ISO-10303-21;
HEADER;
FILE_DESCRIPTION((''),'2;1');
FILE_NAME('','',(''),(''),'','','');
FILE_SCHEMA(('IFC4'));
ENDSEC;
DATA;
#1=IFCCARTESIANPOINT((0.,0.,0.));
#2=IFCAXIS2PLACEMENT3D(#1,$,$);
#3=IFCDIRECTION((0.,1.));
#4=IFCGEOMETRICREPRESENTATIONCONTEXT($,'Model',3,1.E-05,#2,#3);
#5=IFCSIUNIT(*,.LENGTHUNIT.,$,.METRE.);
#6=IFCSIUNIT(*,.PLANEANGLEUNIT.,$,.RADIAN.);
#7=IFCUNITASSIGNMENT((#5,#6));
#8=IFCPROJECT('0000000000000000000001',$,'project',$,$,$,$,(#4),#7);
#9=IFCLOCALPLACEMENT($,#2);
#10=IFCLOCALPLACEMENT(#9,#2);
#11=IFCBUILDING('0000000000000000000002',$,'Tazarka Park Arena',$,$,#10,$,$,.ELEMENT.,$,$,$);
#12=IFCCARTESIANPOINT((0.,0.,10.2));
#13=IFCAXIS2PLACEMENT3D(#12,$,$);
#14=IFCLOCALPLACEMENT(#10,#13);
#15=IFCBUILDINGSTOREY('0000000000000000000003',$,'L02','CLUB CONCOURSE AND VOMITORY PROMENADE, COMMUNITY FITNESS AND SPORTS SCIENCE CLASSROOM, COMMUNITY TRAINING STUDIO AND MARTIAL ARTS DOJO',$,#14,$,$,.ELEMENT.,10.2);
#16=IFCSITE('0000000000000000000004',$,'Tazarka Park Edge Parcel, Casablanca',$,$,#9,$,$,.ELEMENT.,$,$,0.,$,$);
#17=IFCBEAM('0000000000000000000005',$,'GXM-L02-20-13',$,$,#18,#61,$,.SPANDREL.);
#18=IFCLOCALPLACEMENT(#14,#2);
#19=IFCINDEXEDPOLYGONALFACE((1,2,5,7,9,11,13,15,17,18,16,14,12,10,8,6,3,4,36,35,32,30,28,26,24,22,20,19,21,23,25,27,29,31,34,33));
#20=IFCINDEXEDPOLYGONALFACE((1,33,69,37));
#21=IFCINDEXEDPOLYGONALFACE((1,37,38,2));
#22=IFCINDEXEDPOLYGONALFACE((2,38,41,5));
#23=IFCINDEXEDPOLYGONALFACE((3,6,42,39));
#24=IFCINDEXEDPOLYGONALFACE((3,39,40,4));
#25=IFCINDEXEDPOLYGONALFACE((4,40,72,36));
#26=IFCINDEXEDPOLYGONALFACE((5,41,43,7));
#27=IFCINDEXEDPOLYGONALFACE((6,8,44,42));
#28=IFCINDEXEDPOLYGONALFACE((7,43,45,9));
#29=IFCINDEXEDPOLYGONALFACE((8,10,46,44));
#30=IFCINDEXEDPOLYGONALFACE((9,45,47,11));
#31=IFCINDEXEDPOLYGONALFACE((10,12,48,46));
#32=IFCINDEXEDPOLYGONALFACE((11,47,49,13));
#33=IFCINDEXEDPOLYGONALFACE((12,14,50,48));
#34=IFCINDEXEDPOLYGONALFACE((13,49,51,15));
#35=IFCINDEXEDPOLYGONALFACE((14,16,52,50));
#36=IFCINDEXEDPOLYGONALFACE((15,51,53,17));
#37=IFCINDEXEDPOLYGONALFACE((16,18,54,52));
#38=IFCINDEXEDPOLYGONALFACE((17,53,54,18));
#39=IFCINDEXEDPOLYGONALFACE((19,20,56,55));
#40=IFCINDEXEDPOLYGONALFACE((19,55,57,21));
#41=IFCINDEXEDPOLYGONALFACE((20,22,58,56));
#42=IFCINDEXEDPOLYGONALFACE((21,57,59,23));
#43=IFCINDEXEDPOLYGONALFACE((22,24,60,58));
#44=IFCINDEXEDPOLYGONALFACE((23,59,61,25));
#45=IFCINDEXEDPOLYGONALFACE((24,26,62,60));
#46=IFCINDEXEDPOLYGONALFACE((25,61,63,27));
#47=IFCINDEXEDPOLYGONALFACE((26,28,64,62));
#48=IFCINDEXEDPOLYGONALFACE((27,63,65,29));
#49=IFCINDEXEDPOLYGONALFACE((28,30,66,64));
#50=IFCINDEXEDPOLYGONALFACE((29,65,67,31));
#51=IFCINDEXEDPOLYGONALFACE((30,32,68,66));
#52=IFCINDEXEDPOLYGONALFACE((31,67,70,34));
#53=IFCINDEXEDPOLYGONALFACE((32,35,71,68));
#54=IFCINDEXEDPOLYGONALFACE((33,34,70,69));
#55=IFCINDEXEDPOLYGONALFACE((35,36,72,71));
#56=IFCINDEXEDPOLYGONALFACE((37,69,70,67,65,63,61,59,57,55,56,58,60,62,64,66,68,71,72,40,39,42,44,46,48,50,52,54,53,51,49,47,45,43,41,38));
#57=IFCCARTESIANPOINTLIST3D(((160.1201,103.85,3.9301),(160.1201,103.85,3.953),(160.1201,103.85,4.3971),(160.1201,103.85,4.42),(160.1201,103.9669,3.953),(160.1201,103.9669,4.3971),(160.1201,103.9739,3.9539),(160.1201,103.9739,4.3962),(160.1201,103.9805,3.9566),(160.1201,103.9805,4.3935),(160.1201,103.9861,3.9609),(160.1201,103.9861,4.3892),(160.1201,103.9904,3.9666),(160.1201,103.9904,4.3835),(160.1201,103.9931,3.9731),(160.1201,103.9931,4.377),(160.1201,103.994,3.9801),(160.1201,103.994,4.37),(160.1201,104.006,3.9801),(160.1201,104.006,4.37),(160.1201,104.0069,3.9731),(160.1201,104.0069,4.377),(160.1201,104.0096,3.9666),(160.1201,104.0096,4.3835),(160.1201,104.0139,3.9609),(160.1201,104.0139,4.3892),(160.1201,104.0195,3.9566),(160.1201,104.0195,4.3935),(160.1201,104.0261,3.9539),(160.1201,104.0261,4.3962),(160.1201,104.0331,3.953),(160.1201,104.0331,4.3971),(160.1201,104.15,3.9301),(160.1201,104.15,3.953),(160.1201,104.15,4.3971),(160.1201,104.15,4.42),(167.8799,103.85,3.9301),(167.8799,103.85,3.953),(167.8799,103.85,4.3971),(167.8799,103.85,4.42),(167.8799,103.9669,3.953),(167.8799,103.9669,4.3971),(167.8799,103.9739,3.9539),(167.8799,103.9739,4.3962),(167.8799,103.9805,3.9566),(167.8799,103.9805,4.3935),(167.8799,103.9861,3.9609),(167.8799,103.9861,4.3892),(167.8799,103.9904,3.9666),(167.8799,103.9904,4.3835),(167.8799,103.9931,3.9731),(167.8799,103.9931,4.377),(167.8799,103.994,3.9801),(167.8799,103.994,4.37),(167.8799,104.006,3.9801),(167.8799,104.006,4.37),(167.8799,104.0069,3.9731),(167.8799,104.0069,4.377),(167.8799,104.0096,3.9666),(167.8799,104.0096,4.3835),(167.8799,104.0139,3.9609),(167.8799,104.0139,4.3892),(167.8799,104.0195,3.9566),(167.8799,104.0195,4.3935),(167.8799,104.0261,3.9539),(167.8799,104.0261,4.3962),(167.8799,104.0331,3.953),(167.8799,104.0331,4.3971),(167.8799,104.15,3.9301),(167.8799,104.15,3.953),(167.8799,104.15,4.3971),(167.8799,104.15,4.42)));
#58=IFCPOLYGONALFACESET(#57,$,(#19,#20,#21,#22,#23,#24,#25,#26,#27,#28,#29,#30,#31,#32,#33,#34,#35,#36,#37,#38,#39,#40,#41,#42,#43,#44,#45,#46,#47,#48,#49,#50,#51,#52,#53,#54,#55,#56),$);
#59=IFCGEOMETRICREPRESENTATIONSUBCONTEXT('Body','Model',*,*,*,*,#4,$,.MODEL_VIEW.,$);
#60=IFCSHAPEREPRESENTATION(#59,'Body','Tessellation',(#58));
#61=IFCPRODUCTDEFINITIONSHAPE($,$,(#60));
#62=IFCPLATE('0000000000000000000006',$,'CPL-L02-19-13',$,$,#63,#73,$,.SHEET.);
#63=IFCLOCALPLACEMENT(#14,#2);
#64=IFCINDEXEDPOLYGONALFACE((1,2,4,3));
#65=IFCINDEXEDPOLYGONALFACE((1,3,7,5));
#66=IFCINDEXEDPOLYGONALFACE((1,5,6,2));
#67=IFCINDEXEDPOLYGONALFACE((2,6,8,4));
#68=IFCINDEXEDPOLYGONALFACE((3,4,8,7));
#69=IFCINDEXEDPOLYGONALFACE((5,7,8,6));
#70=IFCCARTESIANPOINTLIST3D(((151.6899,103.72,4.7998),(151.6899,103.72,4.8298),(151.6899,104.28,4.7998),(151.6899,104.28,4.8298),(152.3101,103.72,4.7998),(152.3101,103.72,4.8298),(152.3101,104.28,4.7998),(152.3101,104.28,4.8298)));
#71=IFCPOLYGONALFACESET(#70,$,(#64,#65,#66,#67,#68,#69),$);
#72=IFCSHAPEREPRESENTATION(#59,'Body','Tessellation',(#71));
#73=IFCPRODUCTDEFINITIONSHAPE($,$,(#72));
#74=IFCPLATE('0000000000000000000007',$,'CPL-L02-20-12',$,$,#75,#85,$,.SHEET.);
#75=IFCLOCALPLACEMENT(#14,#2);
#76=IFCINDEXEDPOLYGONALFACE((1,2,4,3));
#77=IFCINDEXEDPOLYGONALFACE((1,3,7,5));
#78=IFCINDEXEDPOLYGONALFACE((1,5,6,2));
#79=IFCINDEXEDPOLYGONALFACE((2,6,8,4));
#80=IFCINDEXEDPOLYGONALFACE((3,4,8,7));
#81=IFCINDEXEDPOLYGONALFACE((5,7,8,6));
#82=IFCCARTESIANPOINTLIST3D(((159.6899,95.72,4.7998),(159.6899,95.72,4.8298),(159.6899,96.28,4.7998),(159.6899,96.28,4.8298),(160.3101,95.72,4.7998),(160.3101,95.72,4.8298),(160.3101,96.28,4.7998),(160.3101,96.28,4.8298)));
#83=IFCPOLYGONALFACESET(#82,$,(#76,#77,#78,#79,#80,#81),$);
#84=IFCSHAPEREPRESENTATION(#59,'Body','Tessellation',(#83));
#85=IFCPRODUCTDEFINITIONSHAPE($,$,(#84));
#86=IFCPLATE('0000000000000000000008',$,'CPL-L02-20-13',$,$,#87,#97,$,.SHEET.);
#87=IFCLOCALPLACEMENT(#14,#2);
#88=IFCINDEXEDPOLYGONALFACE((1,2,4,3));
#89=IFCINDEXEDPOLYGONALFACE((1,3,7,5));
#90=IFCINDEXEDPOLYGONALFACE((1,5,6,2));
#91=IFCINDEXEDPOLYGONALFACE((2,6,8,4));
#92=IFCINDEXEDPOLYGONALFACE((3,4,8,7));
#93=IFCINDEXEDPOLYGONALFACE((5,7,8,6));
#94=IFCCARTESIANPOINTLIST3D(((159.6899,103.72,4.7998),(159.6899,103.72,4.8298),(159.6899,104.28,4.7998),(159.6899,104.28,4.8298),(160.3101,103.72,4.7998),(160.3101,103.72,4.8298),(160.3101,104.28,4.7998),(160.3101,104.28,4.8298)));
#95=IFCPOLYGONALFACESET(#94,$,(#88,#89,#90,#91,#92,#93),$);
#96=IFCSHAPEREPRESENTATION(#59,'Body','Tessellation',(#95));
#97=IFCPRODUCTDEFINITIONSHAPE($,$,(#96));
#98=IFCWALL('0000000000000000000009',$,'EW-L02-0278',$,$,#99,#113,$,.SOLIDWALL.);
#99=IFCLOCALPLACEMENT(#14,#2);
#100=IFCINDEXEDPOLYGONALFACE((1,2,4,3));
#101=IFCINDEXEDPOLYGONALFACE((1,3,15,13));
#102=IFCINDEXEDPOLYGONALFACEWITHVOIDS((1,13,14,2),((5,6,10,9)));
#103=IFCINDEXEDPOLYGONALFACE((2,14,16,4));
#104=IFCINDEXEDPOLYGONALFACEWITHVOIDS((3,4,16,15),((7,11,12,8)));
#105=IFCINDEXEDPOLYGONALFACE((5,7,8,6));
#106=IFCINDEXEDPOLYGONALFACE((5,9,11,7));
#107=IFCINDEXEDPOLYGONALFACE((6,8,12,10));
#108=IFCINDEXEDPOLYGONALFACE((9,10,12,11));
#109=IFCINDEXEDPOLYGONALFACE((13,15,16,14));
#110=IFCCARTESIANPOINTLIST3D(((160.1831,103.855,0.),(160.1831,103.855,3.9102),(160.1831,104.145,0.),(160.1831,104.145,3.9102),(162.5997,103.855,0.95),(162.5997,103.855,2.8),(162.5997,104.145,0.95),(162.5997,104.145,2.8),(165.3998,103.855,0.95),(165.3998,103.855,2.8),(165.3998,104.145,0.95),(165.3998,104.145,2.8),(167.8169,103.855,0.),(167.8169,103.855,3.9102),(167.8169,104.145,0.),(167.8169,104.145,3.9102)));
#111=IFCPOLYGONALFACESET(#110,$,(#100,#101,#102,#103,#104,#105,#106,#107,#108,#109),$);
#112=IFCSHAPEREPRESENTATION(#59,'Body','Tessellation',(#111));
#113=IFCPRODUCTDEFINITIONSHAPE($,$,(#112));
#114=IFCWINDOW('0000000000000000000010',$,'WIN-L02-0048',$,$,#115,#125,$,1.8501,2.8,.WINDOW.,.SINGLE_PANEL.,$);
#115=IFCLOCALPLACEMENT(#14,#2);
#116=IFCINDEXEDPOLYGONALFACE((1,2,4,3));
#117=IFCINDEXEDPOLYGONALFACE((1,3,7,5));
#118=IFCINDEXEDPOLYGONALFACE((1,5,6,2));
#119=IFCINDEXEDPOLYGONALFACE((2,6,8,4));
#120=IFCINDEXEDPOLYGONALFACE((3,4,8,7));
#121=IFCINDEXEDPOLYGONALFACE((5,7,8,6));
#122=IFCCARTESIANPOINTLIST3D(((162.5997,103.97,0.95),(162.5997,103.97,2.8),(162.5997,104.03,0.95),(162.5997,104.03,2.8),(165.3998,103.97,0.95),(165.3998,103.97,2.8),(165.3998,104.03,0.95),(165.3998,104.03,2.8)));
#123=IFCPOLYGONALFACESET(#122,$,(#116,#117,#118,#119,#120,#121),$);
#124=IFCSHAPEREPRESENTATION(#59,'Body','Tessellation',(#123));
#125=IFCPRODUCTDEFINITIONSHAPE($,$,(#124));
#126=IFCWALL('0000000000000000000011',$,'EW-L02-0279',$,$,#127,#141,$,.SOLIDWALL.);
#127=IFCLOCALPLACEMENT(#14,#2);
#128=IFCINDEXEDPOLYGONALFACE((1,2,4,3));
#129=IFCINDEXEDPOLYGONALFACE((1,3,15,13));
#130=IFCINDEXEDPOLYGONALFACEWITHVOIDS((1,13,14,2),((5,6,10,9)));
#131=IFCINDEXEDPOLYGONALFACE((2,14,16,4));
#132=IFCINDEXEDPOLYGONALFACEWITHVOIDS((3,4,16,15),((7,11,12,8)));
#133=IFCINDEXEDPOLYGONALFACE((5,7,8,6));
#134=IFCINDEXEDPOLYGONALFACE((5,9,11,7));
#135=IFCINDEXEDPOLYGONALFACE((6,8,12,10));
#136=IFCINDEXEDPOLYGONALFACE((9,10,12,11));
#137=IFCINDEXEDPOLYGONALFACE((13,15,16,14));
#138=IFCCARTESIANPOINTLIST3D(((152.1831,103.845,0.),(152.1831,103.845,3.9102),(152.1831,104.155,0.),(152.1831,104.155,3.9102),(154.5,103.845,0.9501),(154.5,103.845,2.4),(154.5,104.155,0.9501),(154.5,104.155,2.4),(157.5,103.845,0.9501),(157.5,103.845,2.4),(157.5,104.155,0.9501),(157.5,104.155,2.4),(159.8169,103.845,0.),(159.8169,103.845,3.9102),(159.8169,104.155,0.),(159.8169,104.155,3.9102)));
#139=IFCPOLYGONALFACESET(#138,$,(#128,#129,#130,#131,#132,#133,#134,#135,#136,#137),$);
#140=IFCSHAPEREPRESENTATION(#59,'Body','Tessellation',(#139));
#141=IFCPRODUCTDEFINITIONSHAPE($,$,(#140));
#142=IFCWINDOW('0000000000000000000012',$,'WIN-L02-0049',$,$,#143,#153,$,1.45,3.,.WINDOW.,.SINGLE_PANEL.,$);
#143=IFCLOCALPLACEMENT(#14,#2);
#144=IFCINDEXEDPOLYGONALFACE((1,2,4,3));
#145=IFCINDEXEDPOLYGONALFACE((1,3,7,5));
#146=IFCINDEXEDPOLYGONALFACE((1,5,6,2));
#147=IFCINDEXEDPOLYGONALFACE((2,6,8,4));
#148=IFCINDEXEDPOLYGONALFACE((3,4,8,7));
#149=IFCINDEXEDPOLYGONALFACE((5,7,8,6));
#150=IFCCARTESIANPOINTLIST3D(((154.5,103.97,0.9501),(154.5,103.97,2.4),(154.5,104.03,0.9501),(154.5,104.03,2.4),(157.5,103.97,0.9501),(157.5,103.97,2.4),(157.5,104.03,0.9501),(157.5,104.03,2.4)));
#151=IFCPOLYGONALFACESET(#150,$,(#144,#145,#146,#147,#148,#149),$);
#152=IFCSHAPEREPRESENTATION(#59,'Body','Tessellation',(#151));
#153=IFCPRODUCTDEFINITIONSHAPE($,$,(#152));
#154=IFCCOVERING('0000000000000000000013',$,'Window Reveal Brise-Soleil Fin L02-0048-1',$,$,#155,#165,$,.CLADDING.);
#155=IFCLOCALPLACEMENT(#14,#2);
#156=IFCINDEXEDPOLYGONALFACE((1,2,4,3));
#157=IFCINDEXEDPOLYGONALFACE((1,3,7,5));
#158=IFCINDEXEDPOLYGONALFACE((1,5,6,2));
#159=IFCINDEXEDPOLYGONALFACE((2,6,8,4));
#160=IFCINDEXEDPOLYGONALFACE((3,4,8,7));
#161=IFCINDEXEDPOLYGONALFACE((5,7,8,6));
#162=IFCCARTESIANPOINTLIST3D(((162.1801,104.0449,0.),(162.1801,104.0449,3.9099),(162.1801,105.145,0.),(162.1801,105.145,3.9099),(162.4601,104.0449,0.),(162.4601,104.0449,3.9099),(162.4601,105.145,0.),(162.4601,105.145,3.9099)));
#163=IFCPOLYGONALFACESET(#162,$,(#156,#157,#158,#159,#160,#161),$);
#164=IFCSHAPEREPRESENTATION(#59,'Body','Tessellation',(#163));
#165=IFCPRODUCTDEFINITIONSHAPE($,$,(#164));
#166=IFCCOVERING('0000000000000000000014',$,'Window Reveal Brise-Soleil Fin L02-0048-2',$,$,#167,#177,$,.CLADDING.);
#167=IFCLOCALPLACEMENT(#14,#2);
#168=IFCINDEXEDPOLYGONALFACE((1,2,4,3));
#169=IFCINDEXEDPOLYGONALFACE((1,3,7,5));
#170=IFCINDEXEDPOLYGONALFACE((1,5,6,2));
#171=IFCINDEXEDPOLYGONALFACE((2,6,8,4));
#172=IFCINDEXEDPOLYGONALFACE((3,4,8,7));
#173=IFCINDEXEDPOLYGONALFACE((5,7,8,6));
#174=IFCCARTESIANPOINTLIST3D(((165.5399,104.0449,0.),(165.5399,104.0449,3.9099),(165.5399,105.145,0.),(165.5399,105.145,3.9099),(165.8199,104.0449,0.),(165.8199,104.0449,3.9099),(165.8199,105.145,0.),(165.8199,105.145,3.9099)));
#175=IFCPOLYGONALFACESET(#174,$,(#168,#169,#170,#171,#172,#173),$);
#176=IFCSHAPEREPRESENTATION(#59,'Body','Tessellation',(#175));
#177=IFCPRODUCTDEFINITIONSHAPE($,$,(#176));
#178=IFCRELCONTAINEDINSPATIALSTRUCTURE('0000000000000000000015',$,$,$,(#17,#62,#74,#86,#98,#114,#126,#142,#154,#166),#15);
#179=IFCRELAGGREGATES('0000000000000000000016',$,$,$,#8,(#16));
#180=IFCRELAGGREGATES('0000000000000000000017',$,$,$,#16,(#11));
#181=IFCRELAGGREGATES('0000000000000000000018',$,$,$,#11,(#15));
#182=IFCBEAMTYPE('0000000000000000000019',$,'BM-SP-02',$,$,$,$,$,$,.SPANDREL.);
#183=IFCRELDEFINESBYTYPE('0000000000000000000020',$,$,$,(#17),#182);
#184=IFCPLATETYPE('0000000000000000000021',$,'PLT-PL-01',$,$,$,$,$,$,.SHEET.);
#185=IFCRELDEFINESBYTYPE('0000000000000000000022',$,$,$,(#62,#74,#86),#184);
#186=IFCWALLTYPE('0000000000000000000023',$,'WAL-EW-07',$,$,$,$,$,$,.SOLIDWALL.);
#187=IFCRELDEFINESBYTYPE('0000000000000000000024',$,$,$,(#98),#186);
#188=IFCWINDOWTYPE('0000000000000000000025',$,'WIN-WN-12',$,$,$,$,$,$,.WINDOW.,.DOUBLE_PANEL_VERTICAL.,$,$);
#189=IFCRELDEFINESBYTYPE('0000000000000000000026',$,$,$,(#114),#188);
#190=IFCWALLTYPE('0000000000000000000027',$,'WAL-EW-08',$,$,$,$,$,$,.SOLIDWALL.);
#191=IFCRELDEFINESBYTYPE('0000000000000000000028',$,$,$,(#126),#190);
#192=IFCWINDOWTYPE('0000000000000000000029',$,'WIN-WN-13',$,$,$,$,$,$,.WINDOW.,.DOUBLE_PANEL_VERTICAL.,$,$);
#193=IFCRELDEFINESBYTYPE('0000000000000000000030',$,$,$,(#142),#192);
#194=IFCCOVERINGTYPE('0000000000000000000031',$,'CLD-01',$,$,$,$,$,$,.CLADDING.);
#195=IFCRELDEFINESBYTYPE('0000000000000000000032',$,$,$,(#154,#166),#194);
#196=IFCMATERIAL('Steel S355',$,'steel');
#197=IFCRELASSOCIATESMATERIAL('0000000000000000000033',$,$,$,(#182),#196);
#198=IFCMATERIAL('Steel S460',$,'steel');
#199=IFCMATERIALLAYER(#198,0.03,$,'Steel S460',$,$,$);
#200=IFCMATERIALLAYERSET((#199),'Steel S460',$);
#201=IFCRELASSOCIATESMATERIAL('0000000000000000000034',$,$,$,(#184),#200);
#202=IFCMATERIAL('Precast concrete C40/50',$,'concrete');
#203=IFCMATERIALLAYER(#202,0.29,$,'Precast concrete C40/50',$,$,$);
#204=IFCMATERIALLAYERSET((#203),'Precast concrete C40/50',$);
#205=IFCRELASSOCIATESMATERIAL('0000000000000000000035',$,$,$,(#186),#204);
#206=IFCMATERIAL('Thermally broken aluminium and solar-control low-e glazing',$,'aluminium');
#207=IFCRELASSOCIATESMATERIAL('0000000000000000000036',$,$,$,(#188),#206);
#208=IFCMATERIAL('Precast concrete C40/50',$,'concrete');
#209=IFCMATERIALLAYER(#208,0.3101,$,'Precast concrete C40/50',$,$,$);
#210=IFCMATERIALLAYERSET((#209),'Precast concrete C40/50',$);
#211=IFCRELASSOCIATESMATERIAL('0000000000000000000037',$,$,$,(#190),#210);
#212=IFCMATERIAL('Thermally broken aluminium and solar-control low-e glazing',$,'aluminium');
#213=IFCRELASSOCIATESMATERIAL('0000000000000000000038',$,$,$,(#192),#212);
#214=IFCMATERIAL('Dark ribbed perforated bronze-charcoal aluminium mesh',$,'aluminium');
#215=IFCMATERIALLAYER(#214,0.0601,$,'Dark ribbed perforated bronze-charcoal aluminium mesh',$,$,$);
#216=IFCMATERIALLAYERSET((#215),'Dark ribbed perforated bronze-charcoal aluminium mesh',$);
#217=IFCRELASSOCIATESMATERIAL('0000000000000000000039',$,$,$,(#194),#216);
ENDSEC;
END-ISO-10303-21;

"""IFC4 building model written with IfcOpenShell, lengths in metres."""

from ifc_helpers import new_model, si_unit, direction, frame, frame_2d, origin, origin_2d, place, context, subcontext, project, spatial, rectangle, i_section, extrude, material, layer, layer_set, material_profile, profile_set, type_object, element, fill, save


model = new_model("IFC4")

# Units and contexts
model_context = context("Model", 3, precision=1e-05, world=origin(), true_north=direction((0.0, 1.0)))
body_context = subcontext(model_context, "Body", "Model", "MODEL_VIEW")
ifc_project = project(units=[si_unit("LENGTHUNIT", "METRE"), si_unit("PLANEANGLEUNIT", "RADIAN")], contexts=[model_context])

# Site, building, storey
site_placement = place(None, origin())
site = spatial("IfcSite", under=ifc_project, at=site_placement, Name="Tazarka Park Edge Parcel, Casablanca", CompositionType="ELEMENT", RefElevation=0.0)
building_placement = place(site_placement, origin())
building = spatial("IfcBuilding", under=site, at=building_placement, Name="Tazarka Park Arena", CompositionType="ELEMENT")
storey_placement = place(building_placement, frame((0.0, 0.0, 10.2)))
storey = spatial("IfcBuildingStorey", under=building, at=storey_placement, Name="L02", Description="CLUB CONCOURSE AND VOMITORY PROMENADE, COMMUNITY FITNESS AND SPORTS SCIENCE CLASSROOM, COMMUNITY TRAINING STUDIO AND MARTIAL ARTS DOJO", CompositionType="ELEMENT", Elevation=10.2)

# Beam
ifc_material_1 = material(Name="Steel S355", Category="steel")
ifc_material_profile_1 = material_profile(ifc_material_1, i_section(OverallWidth=0.3, OverallDepth=0.49, WebThickness=0.012, FlangeThickness=0.0229, FilletRadius=0.0271, at=origin_2d()), Name="Steel S355")
ifc_profile_set_1 = profile_set([ifc_material_profile_1], Name="Steel S355")
beam_type_1 = type_object("IfcBeamType", Name="BM-SP-02", PredefinedType="SPANDREL", material=ifc_profile_set_1)
for number, where, z_axis, x_axis, name in (
    (1, (160.1201, 104.0, 4.175), (1.0, 0.0, 0.0), (0.0, 1.0, 0.0), "GXM-L02-20-13"),
):
    element("IfcBeam", number, at=place(storey_placement, frame(where, z_axis=z_axis, x_axis=x_axis)), inside=storey, type_object=beam_type_1, Name=name, PredefinedType="SPANDREL", context=body_context, shape_type="SweptSolid", body=[
        extrude(i_section(OverallWidth=0.3, OverallDepth=0.49, WebThickness=0.012, FlangeThickness=0.0229, FilletRadius=0.0271, at=origin_2d()), origin(), (0.0, 0.0, 1.0), 7.7598),
    ])

# Plates
ifc_material_2 = material(Name="Steel S460", Category="steel")
ifc_layer_1 = layer(ifc_material_2, 0.03, Name="Steel S460")
ifc_layer_set_1 = layer_set([ifc_layer_1], Name="Steel S460")
plate_type = type_object("IfcPlateType", Name="PLT-PL-01", PredefinedType="SHEET", material=ifc_layer_set_1)
for number, where, z_axis, x_axis, name in (
    (2, (152.0, 104.0, 4.7998), (0.0, 0.0, 1.0), (1.0, 0.0, 0.0), "CPL-L02-19-13"),
    (3, (160.0, 96.0, 4.7998), (0.0, 0.0, 1.0), (1.0, 0.0, 0.0), "CPL-L02-20-12"),
    (4, (160.0, 104.0, 4.7998), (0.0, 0.0, 1.0), (1.0, 0.0, 0.0), "CPL-L02-20-13"),
):
    element("IfcPlate", number, at=place(storey_placement, frame(where, z_axis=z_axis, x_axis=x_axis)), inside=storey, type_object=plate_type, Name=name, PredefinedType="SHEET", context=body_context, shape_type="SweptSolid", body=[
        extrude(rectangle(XDim=0.6201, YDim=0.5601, at=origin_2d()), origin(), (0.0, 0.0, 1.0), 0.03),
    ])

# Walls, openings, windows
ifc_material_3 = material(Name="Precast concrete C40/50", Category="concrete")
ifc_layer_2 = layer(ifc_material_3, 0.29, Name="Precast concrete C40/50")
ifc_layer_set_2 = layer_set([ifc_layer_2], Name="Precast concrete C40/50")
wall_type_1 = type_object("IfcWallType", Name="WAL-EW-07", PredefinedType="SOLIDWALL", material=ifc_layer_set_2)
wall_1_placement = place(storey_placement, frame((160.1831, 104.0, 0.0), z_axis=(0.0, 0.0, 1.0), x_axis=(1.0, 0.0, 0.0)))
wall_1 = element("IfcWall", 5, at=wall_1_placement, inside=storey, type_object=wall_type_1, Name="EW-L02-0278", PredefinedType="SOLIDWALL", context=body_context, shape_type="SweptSolid", body=[
    extrude(rectangle(XDim=7.6338, YDim=0.29, at=frame_2d((3.8169, 0.0))), origin(), (0.0, 0.0, 1.0), 3.9102),
])
opening_1_placement = place(wall_1_placement, frame((2.4167, 0.0, 0.95)))
opening_1 = element("IfcOpeningElement", 6, at=opening_1_placement, cuts=wall_1, PredefinedType="OPENING", context=body_context, shape_type="SweptSolid", body=[
    extrude(rectangle(XDim=2.8, YDim=1.8501, at=frame_2d((1.3999, 0.925))), frame((0.0, 0.155, 0.0), z_axis=(0.0, -1.0, 0.0), x_axis=(1.0, 0.0, 0.0)), (0.0, 0.0, 1.0), 0.3101),
])
ifc_material_4 = material(Name="Thermally broken aluminium and solar-control low-e glazing", Category="aluminium")
window_type_1 = type_object("IfcWindowType", Name="WIN-WN-12", PartitioningType="DOUBLE_PANEL_VERTICAL", PredefinedType="WINDOW", material=ifc_material_4)
window_1_placement = place(opening_1_placement, origin())
window_1 = element("IfcWindow", 7, at=window_1_placement, inside=storey, type_object=window_type_1, Name="WIN-L02-0048", OverallHeight=1.8501, OverallWidth=2.8, PartitioningType="SINGLE_PANEL", PredefinedType="WINDOW", context=body_context, shape_type="SweptSolid", body=[
    extrude(rectangle(XDim=2.8, YDim=1.8501, at=frame_2d((1.3999, 0.925))), frame((0.0, 0.03, 0.0), z_axis=(0.0, -1.0, 0.0), x_axis=(1.0, 0.0, 0.0)), (0.0, 0.0, 1.0), 0.0601),
])
fill(opening_1, window_1)
ifc_material_5 = material(Name="Precast concrete C40/50", Category="concrete")
ifc_layer_3 = layer(ifc_material_5, 0.3101, Name="Precast concrete C40/50")
ifc_layer_set_3 = layer_set([ifc_layer_3], Name="Precast concrete C40/50")
wall_type_2 = type_object("IfcWallType", Name="WAL-EW-08", PredefinedType="SOLIDWALL", material=ifc_layer_set_3)
wall_2_placement = place(storey_placement, frame((152.1831, 104.0, 0.0), z_axis=(0.0, 0.0, 1.0), x_axis=(1.0, 0.0, 0.0)))
wall_2 = element("IfcWall", 8, at=wall_2_placement, inside=storey, type_object=wall_type_2, Name="EW-L02-0279", PredefinedType="SOLIDWALL", context=body_context, shape_type="SweptSolid", body=[
    extrude(rectangle(XDim=7.6338, YDim=0.3101, at=frame_2d((3.8169, 0.0))), origin(), (0.0, 0.0, 1.0), 3.9102),
])
opening_2_placement = place(wall_2_placement, frame((2.3169, 0.0, 0.95)))
opening_2 = element("IfcOpeningElement", 9, at=opening_2_placement, cuts=wall_2, PredefinedType="OPENING", context=body_context, shape_type="SweptSolid", body=[
    extrude(rectangle(XDim=3.0, YDim=1.45, at=frame_2d((1.5, 0.7251))), frame((0.0, 0.165, 0.0), z_axis=(0.0, -1.0, 0.0), x_axis=(1.0, 0.0, 0.0)), (0.0, 0.0, 1.0), 0.3301),
])
ifc_material_6 = material(Name="Thermally broken aluminium and solar-control low-e glazing", Category="aluminium")
window_type_2 = type_object("IfcWindowType", Name="WIN-WN-13", PartitioningType="DOUBLE_PANEL_VERTICAL", PredefinedType="WINDOW", material=ifc_material_6)
window_2_placement = place(opening_2_placement, origin())
window_2 = element("IfcWindow", 10, at=window_2_placement, inside=storey, type_object=window_type_2, Name="WIN-L02-0049", OverallHeight=1.45, OverallWidth=3.0, PartitioningType="SINGLE_PANEL", PredefinedType="WINDOW", context=body_context, shape_type="SweptSolid", body=[
    extrude(rectangle(XDim=3.0, YDim=1.45, at=frame_2d((1.5, 0.7251))), frame((0.0, 0.03, 0.0), z_axis=(0.0, -1.0, 0.0), x_axis=(1.0, 0.0, 0.0)), (0.0, 0.0, 1.0), 0.0601),
])
fill(opening_2, window_2)

# Coverings
ifc_material_7 = material(Name="Dark ribbed perforated bronze-charcoal aluminium mesh", Category="aluminium")
ifc_layer_4 = layer(ifc_material_7, 0.0601, Name="Dark ribbed perforated bronze-charcoal aluminium mesh")
ifc_layer_set_4 = layer_set([ifc_layer_4], Name="Dark ribbed perforated bronze-charcoal aluminium mesh")
covering_type = type_object("IfcCoveringType", Name="CLD-01", PredefinedType="CLADDING", material=ifc_layer_set_4)
for number, where, z_axis, x_axis, name in (
    (11, (162.3201, 104.595, 0.0), (0.0, 0.0, 1.0), (1.0, 0.0, 0.0), "Window Reveal Brise-Soleil Fin L02-0048-1"),
    (12, (165.6799, 104.595, 0.0), (0.0, 0.0, 1.0), (1.0, 0.0, 0.0), "Window Reveal Brise-Soleil Fin L02-0048-2"),
):
    element("IfcCovering", number, at=place(storey_placement, frame(where, z_axis=z_axis, x_axis=x_axis)), inside=storey, type_object=covering_type, Name=name, PredefinedType="CLADDING", context=body_context, shape_type="SweptSolid", body=[
        extrude(rectangle(XDim=0.28, YDim=1.1001, at=origin_2d()), origin(), (0.0, 0.0, 1.0), 3.9099),
    ])

save(model, "model.ifc")
